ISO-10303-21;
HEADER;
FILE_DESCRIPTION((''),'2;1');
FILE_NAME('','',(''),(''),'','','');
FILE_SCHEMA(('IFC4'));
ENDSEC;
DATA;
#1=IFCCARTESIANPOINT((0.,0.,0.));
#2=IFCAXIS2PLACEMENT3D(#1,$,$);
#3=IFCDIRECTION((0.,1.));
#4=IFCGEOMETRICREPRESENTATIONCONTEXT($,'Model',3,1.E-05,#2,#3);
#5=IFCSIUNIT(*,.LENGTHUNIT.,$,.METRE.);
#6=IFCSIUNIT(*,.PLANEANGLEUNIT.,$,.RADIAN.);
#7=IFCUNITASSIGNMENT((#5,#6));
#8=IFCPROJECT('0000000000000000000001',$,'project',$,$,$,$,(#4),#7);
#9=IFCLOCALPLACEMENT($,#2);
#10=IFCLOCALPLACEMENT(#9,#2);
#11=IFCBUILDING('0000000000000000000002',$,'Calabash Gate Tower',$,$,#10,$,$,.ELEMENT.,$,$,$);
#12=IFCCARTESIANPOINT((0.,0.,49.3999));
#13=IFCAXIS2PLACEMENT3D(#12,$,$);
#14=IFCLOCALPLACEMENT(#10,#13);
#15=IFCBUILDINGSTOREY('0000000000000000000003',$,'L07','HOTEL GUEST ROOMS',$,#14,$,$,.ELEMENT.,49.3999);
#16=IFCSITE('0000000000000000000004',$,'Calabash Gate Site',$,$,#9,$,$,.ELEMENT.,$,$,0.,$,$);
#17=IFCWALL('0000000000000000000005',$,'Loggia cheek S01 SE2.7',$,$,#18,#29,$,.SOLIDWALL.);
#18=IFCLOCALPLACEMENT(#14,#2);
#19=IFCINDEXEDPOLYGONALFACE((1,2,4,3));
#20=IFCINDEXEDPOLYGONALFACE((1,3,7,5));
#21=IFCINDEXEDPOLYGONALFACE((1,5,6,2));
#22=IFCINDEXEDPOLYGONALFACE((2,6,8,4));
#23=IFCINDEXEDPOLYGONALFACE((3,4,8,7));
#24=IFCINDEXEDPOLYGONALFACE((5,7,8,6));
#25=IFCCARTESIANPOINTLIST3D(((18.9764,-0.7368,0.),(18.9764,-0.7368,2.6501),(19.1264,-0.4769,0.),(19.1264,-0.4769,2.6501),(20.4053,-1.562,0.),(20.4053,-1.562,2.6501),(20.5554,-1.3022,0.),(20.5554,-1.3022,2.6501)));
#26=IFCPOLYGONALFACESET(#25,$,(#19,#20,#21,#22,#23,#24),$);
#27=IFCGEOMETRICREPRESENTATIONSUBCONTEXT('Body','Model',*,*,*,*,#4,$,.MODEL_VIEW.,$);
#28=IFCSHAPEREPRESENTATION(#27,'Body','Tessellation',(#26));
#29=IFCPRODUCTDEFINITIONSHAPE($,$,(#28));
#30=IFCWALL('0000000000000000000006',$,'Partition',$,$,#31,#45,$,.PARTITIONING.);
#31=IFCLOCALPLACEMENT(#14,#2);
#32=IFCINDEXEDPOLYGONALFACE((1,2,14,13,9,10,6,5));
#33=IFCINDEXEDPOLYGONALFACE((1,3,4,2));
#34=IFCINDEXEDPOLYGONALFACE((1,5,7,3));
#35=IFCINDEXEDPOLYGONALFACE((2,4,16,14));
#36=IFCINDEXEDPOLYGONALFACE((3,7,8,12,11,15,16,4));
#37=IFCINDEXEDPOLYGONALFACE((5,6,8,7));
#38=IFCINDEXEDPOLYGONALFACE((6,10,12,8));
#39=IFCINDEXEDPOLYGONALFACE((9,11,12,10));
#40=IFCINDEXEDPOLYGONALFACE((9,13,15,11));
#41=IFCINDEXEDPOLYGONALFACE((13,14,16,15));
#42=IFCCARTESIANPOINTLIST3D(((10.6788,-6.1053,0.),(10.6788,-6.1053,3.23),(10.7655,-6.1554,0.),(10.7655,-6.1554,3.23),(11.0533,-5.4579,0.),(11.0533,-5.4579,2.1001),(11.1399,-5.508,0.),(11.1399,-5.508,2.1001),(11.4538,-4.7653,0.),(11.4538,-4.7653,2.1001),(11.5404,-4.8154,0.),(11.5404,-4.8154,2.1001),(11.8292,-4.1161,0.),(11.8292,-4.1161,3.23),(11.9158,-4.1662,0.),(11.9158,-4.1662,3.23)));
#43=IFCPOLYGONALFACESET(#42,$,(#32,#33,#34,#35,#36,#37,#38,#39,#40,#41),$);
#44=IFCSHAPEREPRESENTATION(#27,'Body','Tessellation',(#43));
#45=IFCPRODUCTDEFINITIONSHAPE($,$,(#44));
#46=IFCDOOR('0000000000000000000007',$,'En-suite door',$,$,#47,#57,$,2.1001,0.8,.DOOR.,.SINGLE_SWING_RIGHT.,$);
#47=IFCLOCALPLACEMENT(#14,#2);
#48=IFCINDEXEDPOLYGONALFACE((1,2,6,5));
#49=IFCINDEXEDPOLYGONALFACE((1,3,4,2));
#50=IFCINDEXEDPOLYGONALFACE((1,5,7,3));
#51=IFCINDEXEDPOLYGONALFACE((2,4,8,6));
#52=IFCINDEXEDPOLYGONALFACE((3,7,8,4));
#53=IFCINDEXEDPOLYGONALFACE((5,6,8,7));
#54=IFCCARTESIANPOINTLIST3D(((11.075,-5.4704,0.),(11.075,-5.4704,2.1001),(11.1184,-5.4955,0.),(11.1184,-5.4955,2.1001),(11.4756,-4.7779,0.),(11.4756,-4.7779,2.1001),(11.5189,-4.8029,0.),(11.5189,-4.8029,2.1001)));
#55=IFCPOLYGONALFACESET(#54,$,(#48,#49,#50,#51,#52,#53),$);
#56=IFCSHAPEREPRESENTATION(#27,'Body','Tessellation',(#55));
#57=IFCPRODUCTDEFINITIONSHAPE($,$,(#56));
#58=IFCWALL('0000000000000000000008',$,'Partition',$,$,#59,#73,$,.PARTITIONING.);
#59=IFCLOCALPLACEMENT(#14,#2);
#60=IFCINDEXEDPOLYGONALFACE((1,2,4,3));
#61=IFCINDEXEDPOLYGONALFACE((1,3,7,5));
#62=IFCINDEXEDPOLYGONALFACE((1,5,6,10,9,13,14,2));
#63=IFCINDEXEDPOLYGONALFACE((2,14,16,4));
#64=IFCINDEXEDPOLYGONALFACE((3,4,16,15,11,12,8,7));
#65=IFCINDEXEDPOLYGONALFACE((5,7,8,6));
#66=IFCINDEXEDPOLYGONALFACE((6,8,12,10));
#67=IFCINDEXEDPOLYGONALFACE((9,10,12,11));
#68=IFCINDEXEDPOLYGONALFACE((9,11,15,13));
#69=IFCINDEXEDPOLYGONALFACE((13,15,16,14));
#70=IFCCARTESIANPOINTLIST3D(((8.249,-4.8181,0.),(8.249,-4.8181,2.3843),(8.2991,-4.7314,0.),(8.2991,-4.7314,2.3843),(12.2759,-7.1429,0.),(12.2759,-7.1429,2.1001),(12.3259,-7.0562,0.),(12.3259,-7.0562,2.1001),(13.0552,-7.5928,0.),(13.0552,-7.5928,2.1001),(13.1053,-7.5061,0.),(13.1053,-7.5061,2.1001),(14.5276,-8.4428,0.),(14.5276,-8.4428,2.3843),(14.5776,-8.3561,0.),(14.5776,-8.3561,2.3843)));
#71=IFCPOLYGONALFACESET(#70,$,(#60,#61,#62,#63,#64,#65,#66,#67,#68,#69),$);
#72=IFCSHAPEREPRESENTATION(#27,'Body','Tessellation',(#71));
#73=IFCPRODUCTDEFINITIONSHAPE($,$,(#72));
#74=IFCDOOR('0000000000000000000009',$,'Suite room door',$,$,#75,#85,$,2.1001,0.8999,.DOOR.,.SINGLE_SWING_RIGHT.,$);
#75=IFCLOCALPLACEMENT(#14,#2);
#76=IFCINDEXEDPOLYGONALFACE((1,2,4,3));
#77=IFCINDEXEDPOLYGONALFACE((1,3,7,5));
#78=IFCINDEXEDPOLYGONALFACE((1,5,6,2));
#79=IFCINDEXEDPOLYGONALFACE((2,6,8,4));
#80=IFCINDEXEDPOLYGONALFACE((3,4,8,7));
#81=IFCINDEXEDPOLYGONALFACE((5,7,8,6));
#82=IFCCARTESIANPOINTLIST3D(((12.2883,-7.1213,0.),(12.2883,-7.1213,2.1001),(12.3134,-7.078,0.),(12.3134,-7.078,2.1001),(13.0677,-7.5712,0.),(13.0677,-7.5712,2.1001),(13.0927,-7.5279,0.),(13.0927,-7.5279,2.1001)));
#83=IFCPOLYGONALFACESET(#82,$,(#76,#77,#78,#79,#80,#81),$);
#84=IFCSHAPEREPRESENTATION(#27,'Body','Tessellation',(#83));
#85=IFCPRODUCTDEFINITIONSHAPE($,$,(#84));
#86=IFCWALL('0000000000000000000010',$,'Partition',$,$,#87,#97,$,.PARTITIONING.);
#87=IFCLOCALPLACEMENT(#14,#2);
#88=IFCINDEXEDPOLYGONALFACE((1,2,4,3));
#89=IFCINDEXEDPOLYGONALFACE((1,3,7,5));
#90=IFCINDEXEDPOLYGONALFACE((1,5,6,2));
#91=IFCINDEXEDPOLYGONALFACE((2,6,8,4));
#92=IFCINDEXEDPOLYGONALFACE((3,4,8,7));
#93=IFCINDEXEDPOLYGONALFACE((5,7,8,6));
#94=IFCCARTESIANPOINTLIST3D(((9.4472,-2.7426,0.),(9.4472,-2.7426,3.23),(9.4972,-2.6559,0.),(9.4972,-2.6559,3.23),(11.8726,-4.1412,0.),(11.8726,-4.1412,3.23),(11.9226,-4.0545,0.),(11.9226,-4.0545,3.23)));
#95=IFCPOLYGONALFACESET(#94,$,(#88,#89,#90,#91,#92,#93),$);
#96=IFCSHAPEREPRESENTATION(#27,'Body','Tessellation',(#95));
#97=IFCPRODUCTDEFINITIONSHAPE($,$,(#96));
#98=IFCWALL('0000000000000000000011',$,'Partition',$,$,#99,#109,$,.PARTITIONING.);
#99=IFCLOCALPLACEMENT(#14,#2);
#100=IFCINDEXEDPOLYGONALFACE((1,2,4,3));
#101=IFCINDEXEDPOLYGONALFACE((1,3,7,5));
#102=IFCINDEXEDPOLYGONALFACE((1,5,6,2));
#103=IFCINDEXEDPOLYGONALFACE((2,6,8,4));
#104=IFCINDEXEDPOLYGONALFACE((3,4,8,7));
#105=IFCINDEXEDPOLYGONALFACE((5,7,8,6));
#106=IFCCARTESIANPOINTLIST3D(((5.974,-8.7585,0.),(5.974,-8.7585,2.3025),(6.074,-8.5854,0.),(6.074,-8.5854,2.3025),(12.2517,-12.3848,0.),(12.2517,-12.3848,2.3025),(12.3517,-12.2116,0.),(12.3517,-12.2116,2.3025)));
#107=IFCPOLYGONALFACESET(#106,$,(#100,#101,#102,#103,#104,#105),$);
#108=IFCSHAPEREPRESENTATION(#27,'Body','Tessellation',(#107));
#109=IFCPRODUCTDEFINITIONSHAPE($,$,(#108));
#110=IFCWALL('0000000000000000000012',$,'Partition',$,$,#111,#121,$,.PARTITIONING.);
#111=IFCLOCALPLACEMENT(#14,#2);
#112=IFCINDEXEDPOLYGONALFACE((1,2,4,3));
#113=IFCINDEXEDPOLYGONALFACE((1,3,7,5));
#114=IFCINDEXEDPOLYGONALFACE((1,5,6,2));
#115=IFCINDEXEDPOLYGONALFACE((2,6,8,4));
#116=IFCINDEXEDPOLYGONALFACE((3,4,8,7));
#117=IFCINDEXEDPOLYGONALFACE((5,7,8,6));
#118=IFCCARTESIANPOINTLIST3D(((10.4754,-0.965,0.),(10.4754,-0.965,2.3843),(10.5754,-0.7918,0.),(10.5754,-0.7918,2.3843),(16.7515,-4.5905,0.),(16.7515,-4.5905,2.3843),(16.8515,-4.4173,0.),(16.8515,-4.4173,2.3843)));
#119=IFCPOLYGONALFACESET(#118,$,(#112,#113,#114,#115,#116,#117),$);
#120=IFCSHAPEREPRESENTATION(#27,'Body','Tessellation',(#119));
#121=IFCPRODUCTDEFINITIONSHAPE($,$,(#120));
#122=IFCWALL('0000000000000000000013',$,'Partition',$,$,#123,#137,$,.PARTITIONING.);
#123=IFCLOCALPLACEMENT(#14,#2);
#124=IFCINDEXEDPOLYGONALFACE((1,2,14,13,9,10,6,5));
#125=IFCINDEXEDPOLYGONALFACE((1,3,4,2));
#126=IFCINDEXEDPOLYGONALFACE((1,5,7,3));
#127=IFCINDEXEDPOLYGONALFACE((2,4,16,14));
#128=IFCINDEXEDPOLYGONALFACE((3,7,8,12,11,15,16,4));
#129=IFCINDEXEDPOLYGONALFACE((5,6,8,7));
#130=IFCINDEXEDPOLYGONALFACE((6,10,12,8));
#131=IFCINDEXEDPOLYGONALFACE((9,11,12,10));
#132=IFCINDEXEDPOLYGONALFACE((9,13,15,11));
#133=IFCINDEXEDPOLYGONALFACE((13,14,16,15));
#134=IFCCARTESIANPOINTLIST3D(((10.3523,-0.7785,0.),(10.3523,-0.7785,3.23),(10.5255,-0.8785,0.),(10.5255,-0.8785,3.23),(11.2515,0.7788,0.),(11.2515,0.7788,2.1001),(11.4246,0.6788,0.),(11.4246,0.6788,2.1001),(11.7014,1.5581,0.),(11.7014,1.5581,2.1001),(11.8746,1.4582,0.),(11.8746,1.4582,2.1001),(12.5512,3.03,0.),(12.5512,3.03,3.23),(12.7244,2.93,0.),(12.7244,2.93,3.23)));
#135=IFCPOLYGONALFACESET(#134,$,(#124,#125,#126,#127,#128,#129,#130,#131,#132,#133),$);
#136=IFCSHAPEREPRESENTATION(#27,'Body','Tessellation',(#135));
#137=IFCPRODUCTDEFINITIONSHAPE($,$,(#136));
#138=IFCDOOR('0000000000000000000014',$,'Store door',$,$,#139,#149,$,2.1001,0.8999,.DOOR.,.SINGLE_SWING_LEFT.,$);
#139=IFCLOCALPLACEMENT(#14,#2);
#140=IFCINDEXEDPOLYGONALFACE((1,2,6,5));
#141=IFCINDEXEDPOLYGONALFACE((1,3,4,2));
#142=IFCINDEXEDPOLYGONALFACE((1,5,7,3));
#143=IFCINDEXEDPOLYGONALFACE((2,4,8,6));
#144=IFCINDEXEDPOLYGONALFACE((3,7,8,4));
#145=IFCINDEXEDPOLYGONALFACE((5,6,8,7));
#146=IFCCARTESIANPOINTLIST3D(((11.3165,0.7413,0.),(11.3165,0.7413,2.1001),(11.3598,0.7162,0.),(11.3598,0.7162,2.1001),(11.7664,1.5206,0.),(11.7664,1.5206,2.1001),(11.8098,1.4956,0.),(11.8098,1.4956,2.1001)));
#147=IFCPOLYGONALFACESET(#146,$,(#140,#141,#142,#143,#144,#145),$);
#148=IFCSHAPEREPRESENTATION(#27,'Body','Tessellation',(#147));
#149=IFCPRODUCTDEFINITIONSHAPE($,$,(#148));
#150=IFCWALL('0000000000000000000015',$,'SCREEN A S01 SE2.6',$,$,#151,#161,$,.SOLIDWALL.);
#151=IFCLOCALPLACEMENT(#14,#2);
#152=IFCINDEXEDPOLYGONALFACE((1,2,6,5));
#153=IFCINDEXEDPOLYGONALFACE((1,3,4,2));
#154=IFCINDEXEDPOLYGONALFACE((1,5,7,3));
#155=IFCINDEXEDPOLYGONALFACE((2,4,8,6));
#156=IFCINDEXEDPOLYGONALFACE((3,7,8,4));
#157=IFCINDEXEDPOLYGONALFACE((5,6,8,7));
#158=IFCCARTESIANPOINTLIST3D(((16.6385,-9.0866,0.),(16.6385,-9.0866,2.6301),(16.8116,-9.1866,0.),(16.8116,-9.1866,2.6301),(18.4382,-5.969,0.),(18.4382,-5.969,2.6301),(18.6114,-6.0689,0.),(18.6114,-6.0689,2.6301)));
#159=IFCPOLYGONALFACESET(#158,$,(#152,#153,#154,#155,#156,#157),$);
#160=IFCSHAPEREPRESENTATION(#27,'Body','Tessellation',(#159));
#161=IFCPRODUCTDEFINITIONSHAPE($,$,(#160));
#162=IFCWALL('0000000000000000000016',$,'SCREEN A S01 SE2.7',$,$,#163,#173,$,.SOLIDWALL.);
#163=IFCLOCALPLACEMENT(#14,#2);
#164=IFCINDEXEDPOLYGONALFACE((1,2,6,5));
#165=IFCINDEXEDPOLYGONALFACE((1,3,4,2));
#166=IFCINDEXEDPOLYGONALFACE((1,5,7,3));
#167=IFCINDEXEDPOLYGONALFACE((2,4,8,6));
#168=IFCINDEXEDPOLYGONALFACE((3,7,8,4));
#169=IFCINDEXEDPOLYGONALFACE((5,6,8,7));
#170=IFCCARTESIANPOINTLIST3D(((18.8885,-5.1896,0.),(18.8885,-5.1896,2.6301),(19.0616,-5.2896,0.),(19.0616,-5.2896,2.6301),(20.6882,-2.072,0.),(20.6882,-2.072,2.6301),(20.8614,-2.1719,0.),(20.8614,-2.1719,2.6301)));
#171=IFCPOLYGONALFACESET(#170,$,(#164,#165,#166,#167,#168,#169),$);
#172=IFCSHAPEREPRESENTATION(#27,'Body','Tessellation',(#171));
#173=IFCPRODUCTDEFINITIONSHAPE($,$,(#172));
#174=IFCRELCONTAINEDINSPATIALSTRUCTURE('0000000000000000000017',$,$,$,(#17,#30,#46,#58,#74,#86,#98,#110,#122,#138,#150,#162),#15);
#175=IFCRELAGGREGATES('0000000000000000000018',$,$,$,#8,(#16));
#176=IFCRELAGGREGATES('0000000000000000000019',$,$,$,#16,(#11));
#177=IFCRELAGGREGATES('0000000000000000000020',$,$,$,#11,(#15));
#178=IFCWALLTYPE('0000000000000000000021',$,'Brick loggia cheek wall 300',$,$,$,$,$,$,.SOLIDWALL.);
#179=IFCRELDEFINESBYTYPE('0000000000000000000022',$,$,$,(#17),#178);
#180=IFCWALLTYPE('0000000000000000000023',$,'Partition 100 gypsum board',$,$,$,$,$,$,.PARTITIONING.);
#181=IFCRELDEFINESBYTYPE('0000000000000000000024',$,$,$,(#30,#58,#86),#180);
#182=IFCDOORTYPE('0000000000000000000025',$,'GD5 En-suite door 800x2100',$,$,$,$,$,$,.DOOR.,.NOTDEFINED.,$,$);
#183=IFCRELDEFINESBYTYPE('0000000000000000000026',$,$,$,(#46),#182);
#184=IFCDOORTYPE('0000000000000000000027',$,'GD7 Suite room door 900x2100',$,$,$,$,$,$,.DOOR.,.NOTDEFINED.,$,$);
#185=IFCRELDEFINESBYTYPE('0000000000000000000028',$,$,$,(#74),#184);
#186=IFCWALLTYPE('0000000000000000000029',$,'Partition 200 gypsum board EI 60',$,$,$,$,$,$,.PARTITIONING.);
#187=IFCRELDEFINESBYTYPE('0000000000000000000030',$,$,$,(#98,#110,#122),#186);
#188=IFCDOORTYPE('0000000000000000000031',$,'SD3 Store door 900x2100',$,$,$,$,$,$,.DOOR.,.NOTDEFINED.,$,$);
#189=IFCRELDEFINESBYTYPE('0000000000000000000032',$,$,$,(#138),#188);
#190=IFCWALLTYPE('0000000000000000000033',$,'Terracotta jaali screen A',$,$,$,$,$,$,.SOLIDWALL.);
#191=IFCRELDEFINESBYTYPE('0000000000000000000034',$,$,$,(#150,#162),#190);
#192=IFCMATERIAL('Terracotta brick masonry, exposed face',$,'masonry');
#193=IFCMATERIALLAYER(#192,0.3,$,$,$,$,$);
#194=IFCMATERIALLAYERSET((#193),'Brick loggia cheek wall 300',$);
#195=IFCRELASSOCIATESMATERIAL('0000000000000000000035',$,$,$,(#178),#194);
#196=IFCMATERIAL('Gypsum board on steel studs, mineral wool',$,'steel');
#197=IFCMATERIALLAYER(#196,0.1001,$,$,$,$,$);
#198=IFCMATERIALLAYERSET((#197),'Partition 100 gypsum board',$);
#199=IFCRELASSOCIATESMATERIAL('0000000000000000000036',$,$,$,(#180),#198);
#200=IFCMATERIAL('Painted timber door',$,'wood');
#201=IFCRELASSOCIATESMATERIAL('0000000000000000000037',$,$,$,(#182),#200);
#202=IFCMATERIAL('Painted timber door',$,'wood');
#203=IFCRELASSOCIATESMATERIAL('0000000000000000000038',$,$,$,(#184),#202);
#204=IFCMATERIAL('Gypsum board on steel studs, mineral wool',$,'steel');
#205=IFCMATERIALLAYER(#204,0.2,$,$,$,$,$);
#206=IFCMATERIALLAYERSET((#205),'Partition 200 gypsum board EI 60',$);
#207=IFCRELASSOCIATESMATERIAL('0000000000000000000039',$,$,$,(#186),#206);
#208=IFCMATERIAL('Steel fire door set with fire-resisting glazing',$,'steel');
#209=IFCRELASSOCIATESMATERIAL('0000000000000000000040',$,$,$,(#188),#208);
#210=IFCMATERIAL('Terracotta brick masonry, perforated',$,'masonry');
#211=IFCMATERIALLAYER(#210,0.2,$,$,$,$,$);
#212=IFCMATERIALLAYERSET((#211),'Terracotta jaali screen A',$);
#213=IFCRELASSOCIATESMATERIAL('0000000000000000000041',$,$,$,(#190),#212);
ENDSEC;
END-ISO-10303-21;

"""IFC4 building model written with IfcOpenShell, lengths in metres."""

from ifc_helpers import new_model, si_unit, direction, frame, frame_2d, origin, place, context, subcontext, project, spatial, rectangle, extrude, material, layer, layer_set, type_object, element, fill, save


model = new_model("IFC4")

# Units and contexts
model_context = context("Model", 3, precision=1e-05, world=origin(), true_north=direction((0.0, 1.0)))
body_context = subcontext(model_context, "Body", "Model", "MODEL_VIEW")
ifc_project = project(units=[si_unit("LENGTHUNIT", "METRE"), si_unit("PLANEANGLEUNIT", "RADIAN")], contexts=[model_context])

# Site, building, storey
site_placement = place(None, origin())
site = spatial("IfcSite", under=ifc_project, at=site_placement, Name="Calabash Gate Site", CompositionType="ELEMENT", RefElevation=0.0)
building_placement = place(site_placement, origin())
building = spatial("IfcBuilding", under=site, at=building_placement, Name="Calabash Gate Tower", CompositionType="ELEMENT")
storey_placement = place(building_placement, frame((0.0, 0.0, 49.3999)))
storey = spatial("IfcBuildingStorey", under=building, at=storey_placement, Name="L07", Description="HOTEL GUEST ROOMS", CompositionType="ELEMENT", Elevation=49.3999)

# Wall
ifc_material_1 = material(Name="Terracotta brick masonry, exposed face", Category="masonry")
ifc_layer_1 = layer(ifc_material_1, 0.3)
ifc_layer_set_1 = layer_set([ifc_layer_1], Name="Brick loggia cheek wall 300")
wall_type_1 = type_object("IfcWallType", Name="Brick loggia cheek wall 300", PredefinedType="SOLIDWALL", material=ifc_layer_set_1)
wall_1_placement = place(storey_placement, frame((20.4805, -1.4321, 0.0), z_axis=(0.0, 0.0, 1.0), x_axis=(-0.865976, 0.500085, 0.0)))
element("IfcWall", 1, at=wall_1_placement, inside=storey, type_object=wall_type_1, Name="Loggia cheek S01 SE2.7", PredefinedType="SOLIDWALL", context=body_context, shape_type="SweptSolid", body=[
    extrude(rectangle(XDim=1.6501, YDim=0.3, at=frame_2d((0.8252, 0.0))), origin(), (0.0, 0.0, 1.0), 2.6501),
])

# Walls, openings, doors
ifc_material_2 = material(Name="Gypsum board on steel studs, mineral wool", Category="steel")
ifc_layer_2 = layer(ifc_material_2, 0.1001)
ifc_layer_set_2 = layer_set([ifc_layer_2], Name="Partition 100 gypsum board")
wall_type_2 = type_object("IfcWallType", Name="Partition 100 gypsum board", PredefinedType="PARTITIONING", material=ifc_layer_set_2)
wall_2_placement = place(storey_placement, frame((10.7222, -6.1304, 0.0), z_axis=(0.0, 0.0, 1.0), x_axis=(0.500617, 0.865669, 0.0)))
wall_2 = element("IfcWall", 2, at=wall_2_placement, inside=storey, type_object=wall_type_2, Name="Partition", PredefinedType="PARTITIONING", context=body_context, shape_type="SweptSolid", body=[
    extrude(rectangle(XDim=2.2979, YDim=0.1001, at=frame_2d((1.1489, 0.0))), origin(), (0.0, 0.0, 1.0), 3.23),
])
opening_1_placement = place(wall_2_placement, frame((0.748, 0.0, 0.0)))
opening_1 = element("IfcOpeningElement", 3, at=opening_1_placement, cuts=wall_2, PredefinedType="OPENING", context=body_context, shape_type="SweptSolid", body=[
    extrude(rectangle(XDim=0.8, YDim=2.1001, at=frame_2d((0.3999, 1.05))), frame((0.0, 0.0601, 0.0), z_axis=(0.0, -1.0, 0.0), x_axis=(1.0, 0.0, 0.0)), (0.0, 0.0, 1.0), 0.1201),
])
ifc_material_3 = material(Name="Painted timber door", Category="wood")
door_type_1 = type_object("IfcDoorType", Name="GD5 En-suite door 800x2100", OperationType="NOTDEFINED", PredefinedType="DOOR", material=ifc_material_3)
door_1_placement = place(opening_1_placement, origin())
door_1 = element("IfcDoor", 4, at=door_1_placement, inside=storey, type_object=door_type_1, Name="En-suite door", OperationType="SINGLE_SWING_RIGHT", OverallHeight=2.1001, OverallWidth=0.8, PredefinedType="DOOR", context=body_context, shape_type="SweptSolid", body=[
    extrude(rectangle(XDim=0.8, YDim=2.1001, at=frame_2d((0.3999, 1.05))), frame((0.0, 0.0249, 0.0), z_axis=(0.0, -1.0, 0.0), x_axis=(1.0, 0.0, 0.0)), (0.0, 0.0, 1.0), 0.05),
])
fill(opening_1, door_1)
wall_3_placement = place(storey_placement, frame((8.2739, -4.7747, 0.0), z_axis=(0.0, 0.0, 1.0), x_axis=(0.866036, -0.499982, 0.0)))
wall_3 = element("IfcWall", 5, at=wall_3_placement, inside=storey, type_object=wall_type_2, Name="Partition", PredefinedType="PARTITIONING", context=body_context, shape_type="SweptSolid", body=[
    extrude(rectangle(XDim=7.2498, YDim=0.1001, at=frame_2d((3.625, 0.0))), origin(), (0.0, 0.0, 1.0), 2.3843),
])
opening_2_placement = place(wall_3_placement, frame((4.6499, 0.0, 0.0)))
opening_2 = element("IfcOpeningElement", 6, at=opening_2_placement, cuts=wall_3, PredefinedType="OPENING", context=body_context, shape_type="SweptSolid", body=[
    extrude(rectangle(XDim=0.8999, YDim=2.1001, at=frame_2d((0.45, 1.05))), frame((0.0, 0.0601, 0.0), z_axis=(0.0, -1.0, 0.0), x_axis=(1.0, 0.0, 0.0)), (0.0, 0.0, 1.0), 0.1201),
])
ifc_material_4 = material(Name="Painted timber door", Category="wood")
door_type_2 = type_object("IfcDoorType", Name="GD7 Suite room door 900x2100", OperationType="NOTDEFINED", PredefinedType="DOOR", material=ifc_material_4)
door_2_placement = place(opening_2_placement, origin())
door_2 = element("IfcDoor", 7, at=door_2_placement, inside=storey, type_object=door_type_2, Name="Suite room door", OperationType="SINGLE_SWING_RIGHT", OverallHeight=2.1001, OverallWidth=0.8999, PredefinedType="DOOR", context=body_context, shape_type="SweptSolid", body=[
    extrude(rectangle(XDim=0.8999, YDim=2.1001, at=frame_2d((0.45, 1.05))), frame((0.0, 0.0249, 0.0), z_axis=(0.0, -1.0, 0.0), x_axis=(1.0, 0.0, 0.0)), (0.0, 0.0, 1.0), 0.05),
])
fill(opening_2, door_2)

# Walls
wall_4_placement = place(storey_placement, frame((9.4722, -2.6992, 0.0), z_axis=(0.0, 0.0, 1.0), x_axis=(0.866289, -0.499544, 0.0)))
element("IfcWall", 8, at=wall_4_placement, inside=storey, type_object=wall_type_2, Name="Partition", PredefinedType="PARTITIONING", context=body_context, shape_type="SweptSolid", body=[
    extrude(rectangle(XDim=2.7998, YDim=0.1001, at=frame_2d((1.3999, 0.0))), origin(), (0.0, 0.0, 1.0), 3.23),
])
ifc_material_5 = material(Name="Gypsum board on steel studs, mineral wool", Category="steel")
ifc_layer_3 = layer(ifc_material_5, 0.2)
ifc_layer_set_3 = layer_set([ifc_layer_3], Name="Partition 200 gypsum board EI 60")
wall_type_3 = type_object("IfcWallType", Name="Partition 200 gypsum board EI 60", PredefinedType="PARTITIONING", material=ifc_layer_set_3)
wall_5_placement = place(storey_placement, frame((6.0239, -8.6719, 0.0), z_axis=(0.0, 0.0, 1.0), x_axis=(0.865915, -0.500192, 0.0)))
element("IfcWall", 9, at=wall_5_placement, inside=storey, type_object=wall_type_3, Name="Partition", PredefinedType="PARTITIONING", context=body_context, shape_type="SweptSolid", body=[
    extrude(rectangle(XDim=7.2498, YDim=0.2, at=frame_2d((3.625, 0.0))), origin(), (0.0, 0.0, 1.0), 2.3025),
])
wall_6_placement = place(storey_placement, frame((10.5254, -0.8784, 0.0), z_axis=(0.0, 0.0, 1.0), x_axis=(0.865908, -0.500204, 0.0)))
element("IfcWall", 10, at=wall_6_placement, inside=storey, type_object=wall_type_3, Name="Partition", PredefinedType="PARTITIONING", context=body_context, shape_type="SweptSolid", body=[
    extrude(rectangle(XDim=7.248, YDim=0.2, at=frame_2d((3.624, 0.0))), origin(), (0.0, 0.0, 1.0), 2.3843),
])

# Wall, opening, door
wall_7_placement = place(storey_placement, frame((10.439, -0.8284, 0.0), z_axis=(0.0, 0.0, 1.0), x_axis=(0.500014, 0.866017, 0.0)))
wall_7 = element("IfcWall", 11, at=wall_7_placement, inside=storey, type_object=wall_type_3, Name="Partition", PredefinedType="PARTITIONING", context=body_context, shape_type="SweptSolid", body=[
    extrude(rectangle(XDim=4.3977, YDim=0.2, at=frame_2d((2.1987, 0.0))), origin(), (0.0, 0.0, 1.0), 3.23),
])
opening_3_placement = place(wall_7_placement, frame((1.7981, 0.0, 0.0)))
opening_3 = element("IfcOpeningElement", 12, at=opening_3_placement, cuts=wall_7, PredefinedType="OPENING", context=body_context, shape_type="SweptSolid", body=[
    extrude(rectangle(XDim=0.8999, YDim=2.1001, at=frame_2d((0.45, 1.05))), frame((0.0, 0.1099, 0.0), z_axis=(0.0, -1.0, 0.0), x_axis=(1.0, 0.0, 0.0)), (0.0, 0.0, 1.0), 0.22),
])
ifc_material_6 = material(Name="Steel fire door set with fire-resisting glazing", Category="steel")
door_type_3 = type_object("IfcDoorType", Name="SD3 Store door 900x2100", OperationType="NOTDEFINED", PredefinedType="DOOR", material=ifc_material_6)
door_3_placement = place(opening_3_placement, origin())
door_3 = element("IfcDoor", 13, at=door_3_placement, inside=storey, type_object=door_type_3, Name="Store door", OperationType="SINGLE_SWING_LEFT", OverallHeight=2.1001, OverallWidth=0.8999, PredefinedType="DOOR", context=body_context, shape_type="SweptSolid", body=[
    extrude(rectangle(XDim=0.8999, YDim=2.1001, at=frame_2d((0.45, 1.05))), frame((0.0, 0.0249, 0.0), z_axis=(0.0, -1.0, 0.0), x_axis=(1.0, 0.0, 0.0)), (0.0, 0.0, 1.0), 0.05),
])
fill(opening_3, door_3)

# Walls
ifc_material_7 = material(Name="Terracotta brick masonry, perforated", Category="masonry")
ifc_layer_4 = layer(ifc_material_7, 0.2)
ifc_layer_set_4 = layer_set([ifc_layer_4], Name="Terracotta jaali screen A")
wall_type_4 = type_object("IfcWallType", Name="Terracotta jaali screen A", PredefinedType="SOLIDWALL", material=ifc_layer_set_4)
for number, where, z_axis, x_axis, name in (
    (14, (16.7251, -9.1365, 0.0), (0.0, 0.0, 1.0), (0.499961, 0.866048, 0.0), "SCREEN A S01 SE2.6"),
    (15, (18.9751, -5.2395, 0.0), (0.0, 0.0, 1.0), (0.499961, 0.866048, 0.0), "SCREEN A S01 SE2.7"),
):
    element("IfcWall", number, at=place(storey_placement, frame(where, z_axis=z_axis, x_axis=x_axis)), inside=storey, type_object=wall_type_4, Name=name, PredefinedType="SOLIDWALL", context=body_context, shape_type="SweptSolid", body=[
        extrude(rectangle(XDim=3.5999, YDim=0.2, at=frame_2d((1.7998, 0.0))), origin(), (0.0, 0.0, 1.0), 2.6301),
    ])

save(model, "model.ifc")
